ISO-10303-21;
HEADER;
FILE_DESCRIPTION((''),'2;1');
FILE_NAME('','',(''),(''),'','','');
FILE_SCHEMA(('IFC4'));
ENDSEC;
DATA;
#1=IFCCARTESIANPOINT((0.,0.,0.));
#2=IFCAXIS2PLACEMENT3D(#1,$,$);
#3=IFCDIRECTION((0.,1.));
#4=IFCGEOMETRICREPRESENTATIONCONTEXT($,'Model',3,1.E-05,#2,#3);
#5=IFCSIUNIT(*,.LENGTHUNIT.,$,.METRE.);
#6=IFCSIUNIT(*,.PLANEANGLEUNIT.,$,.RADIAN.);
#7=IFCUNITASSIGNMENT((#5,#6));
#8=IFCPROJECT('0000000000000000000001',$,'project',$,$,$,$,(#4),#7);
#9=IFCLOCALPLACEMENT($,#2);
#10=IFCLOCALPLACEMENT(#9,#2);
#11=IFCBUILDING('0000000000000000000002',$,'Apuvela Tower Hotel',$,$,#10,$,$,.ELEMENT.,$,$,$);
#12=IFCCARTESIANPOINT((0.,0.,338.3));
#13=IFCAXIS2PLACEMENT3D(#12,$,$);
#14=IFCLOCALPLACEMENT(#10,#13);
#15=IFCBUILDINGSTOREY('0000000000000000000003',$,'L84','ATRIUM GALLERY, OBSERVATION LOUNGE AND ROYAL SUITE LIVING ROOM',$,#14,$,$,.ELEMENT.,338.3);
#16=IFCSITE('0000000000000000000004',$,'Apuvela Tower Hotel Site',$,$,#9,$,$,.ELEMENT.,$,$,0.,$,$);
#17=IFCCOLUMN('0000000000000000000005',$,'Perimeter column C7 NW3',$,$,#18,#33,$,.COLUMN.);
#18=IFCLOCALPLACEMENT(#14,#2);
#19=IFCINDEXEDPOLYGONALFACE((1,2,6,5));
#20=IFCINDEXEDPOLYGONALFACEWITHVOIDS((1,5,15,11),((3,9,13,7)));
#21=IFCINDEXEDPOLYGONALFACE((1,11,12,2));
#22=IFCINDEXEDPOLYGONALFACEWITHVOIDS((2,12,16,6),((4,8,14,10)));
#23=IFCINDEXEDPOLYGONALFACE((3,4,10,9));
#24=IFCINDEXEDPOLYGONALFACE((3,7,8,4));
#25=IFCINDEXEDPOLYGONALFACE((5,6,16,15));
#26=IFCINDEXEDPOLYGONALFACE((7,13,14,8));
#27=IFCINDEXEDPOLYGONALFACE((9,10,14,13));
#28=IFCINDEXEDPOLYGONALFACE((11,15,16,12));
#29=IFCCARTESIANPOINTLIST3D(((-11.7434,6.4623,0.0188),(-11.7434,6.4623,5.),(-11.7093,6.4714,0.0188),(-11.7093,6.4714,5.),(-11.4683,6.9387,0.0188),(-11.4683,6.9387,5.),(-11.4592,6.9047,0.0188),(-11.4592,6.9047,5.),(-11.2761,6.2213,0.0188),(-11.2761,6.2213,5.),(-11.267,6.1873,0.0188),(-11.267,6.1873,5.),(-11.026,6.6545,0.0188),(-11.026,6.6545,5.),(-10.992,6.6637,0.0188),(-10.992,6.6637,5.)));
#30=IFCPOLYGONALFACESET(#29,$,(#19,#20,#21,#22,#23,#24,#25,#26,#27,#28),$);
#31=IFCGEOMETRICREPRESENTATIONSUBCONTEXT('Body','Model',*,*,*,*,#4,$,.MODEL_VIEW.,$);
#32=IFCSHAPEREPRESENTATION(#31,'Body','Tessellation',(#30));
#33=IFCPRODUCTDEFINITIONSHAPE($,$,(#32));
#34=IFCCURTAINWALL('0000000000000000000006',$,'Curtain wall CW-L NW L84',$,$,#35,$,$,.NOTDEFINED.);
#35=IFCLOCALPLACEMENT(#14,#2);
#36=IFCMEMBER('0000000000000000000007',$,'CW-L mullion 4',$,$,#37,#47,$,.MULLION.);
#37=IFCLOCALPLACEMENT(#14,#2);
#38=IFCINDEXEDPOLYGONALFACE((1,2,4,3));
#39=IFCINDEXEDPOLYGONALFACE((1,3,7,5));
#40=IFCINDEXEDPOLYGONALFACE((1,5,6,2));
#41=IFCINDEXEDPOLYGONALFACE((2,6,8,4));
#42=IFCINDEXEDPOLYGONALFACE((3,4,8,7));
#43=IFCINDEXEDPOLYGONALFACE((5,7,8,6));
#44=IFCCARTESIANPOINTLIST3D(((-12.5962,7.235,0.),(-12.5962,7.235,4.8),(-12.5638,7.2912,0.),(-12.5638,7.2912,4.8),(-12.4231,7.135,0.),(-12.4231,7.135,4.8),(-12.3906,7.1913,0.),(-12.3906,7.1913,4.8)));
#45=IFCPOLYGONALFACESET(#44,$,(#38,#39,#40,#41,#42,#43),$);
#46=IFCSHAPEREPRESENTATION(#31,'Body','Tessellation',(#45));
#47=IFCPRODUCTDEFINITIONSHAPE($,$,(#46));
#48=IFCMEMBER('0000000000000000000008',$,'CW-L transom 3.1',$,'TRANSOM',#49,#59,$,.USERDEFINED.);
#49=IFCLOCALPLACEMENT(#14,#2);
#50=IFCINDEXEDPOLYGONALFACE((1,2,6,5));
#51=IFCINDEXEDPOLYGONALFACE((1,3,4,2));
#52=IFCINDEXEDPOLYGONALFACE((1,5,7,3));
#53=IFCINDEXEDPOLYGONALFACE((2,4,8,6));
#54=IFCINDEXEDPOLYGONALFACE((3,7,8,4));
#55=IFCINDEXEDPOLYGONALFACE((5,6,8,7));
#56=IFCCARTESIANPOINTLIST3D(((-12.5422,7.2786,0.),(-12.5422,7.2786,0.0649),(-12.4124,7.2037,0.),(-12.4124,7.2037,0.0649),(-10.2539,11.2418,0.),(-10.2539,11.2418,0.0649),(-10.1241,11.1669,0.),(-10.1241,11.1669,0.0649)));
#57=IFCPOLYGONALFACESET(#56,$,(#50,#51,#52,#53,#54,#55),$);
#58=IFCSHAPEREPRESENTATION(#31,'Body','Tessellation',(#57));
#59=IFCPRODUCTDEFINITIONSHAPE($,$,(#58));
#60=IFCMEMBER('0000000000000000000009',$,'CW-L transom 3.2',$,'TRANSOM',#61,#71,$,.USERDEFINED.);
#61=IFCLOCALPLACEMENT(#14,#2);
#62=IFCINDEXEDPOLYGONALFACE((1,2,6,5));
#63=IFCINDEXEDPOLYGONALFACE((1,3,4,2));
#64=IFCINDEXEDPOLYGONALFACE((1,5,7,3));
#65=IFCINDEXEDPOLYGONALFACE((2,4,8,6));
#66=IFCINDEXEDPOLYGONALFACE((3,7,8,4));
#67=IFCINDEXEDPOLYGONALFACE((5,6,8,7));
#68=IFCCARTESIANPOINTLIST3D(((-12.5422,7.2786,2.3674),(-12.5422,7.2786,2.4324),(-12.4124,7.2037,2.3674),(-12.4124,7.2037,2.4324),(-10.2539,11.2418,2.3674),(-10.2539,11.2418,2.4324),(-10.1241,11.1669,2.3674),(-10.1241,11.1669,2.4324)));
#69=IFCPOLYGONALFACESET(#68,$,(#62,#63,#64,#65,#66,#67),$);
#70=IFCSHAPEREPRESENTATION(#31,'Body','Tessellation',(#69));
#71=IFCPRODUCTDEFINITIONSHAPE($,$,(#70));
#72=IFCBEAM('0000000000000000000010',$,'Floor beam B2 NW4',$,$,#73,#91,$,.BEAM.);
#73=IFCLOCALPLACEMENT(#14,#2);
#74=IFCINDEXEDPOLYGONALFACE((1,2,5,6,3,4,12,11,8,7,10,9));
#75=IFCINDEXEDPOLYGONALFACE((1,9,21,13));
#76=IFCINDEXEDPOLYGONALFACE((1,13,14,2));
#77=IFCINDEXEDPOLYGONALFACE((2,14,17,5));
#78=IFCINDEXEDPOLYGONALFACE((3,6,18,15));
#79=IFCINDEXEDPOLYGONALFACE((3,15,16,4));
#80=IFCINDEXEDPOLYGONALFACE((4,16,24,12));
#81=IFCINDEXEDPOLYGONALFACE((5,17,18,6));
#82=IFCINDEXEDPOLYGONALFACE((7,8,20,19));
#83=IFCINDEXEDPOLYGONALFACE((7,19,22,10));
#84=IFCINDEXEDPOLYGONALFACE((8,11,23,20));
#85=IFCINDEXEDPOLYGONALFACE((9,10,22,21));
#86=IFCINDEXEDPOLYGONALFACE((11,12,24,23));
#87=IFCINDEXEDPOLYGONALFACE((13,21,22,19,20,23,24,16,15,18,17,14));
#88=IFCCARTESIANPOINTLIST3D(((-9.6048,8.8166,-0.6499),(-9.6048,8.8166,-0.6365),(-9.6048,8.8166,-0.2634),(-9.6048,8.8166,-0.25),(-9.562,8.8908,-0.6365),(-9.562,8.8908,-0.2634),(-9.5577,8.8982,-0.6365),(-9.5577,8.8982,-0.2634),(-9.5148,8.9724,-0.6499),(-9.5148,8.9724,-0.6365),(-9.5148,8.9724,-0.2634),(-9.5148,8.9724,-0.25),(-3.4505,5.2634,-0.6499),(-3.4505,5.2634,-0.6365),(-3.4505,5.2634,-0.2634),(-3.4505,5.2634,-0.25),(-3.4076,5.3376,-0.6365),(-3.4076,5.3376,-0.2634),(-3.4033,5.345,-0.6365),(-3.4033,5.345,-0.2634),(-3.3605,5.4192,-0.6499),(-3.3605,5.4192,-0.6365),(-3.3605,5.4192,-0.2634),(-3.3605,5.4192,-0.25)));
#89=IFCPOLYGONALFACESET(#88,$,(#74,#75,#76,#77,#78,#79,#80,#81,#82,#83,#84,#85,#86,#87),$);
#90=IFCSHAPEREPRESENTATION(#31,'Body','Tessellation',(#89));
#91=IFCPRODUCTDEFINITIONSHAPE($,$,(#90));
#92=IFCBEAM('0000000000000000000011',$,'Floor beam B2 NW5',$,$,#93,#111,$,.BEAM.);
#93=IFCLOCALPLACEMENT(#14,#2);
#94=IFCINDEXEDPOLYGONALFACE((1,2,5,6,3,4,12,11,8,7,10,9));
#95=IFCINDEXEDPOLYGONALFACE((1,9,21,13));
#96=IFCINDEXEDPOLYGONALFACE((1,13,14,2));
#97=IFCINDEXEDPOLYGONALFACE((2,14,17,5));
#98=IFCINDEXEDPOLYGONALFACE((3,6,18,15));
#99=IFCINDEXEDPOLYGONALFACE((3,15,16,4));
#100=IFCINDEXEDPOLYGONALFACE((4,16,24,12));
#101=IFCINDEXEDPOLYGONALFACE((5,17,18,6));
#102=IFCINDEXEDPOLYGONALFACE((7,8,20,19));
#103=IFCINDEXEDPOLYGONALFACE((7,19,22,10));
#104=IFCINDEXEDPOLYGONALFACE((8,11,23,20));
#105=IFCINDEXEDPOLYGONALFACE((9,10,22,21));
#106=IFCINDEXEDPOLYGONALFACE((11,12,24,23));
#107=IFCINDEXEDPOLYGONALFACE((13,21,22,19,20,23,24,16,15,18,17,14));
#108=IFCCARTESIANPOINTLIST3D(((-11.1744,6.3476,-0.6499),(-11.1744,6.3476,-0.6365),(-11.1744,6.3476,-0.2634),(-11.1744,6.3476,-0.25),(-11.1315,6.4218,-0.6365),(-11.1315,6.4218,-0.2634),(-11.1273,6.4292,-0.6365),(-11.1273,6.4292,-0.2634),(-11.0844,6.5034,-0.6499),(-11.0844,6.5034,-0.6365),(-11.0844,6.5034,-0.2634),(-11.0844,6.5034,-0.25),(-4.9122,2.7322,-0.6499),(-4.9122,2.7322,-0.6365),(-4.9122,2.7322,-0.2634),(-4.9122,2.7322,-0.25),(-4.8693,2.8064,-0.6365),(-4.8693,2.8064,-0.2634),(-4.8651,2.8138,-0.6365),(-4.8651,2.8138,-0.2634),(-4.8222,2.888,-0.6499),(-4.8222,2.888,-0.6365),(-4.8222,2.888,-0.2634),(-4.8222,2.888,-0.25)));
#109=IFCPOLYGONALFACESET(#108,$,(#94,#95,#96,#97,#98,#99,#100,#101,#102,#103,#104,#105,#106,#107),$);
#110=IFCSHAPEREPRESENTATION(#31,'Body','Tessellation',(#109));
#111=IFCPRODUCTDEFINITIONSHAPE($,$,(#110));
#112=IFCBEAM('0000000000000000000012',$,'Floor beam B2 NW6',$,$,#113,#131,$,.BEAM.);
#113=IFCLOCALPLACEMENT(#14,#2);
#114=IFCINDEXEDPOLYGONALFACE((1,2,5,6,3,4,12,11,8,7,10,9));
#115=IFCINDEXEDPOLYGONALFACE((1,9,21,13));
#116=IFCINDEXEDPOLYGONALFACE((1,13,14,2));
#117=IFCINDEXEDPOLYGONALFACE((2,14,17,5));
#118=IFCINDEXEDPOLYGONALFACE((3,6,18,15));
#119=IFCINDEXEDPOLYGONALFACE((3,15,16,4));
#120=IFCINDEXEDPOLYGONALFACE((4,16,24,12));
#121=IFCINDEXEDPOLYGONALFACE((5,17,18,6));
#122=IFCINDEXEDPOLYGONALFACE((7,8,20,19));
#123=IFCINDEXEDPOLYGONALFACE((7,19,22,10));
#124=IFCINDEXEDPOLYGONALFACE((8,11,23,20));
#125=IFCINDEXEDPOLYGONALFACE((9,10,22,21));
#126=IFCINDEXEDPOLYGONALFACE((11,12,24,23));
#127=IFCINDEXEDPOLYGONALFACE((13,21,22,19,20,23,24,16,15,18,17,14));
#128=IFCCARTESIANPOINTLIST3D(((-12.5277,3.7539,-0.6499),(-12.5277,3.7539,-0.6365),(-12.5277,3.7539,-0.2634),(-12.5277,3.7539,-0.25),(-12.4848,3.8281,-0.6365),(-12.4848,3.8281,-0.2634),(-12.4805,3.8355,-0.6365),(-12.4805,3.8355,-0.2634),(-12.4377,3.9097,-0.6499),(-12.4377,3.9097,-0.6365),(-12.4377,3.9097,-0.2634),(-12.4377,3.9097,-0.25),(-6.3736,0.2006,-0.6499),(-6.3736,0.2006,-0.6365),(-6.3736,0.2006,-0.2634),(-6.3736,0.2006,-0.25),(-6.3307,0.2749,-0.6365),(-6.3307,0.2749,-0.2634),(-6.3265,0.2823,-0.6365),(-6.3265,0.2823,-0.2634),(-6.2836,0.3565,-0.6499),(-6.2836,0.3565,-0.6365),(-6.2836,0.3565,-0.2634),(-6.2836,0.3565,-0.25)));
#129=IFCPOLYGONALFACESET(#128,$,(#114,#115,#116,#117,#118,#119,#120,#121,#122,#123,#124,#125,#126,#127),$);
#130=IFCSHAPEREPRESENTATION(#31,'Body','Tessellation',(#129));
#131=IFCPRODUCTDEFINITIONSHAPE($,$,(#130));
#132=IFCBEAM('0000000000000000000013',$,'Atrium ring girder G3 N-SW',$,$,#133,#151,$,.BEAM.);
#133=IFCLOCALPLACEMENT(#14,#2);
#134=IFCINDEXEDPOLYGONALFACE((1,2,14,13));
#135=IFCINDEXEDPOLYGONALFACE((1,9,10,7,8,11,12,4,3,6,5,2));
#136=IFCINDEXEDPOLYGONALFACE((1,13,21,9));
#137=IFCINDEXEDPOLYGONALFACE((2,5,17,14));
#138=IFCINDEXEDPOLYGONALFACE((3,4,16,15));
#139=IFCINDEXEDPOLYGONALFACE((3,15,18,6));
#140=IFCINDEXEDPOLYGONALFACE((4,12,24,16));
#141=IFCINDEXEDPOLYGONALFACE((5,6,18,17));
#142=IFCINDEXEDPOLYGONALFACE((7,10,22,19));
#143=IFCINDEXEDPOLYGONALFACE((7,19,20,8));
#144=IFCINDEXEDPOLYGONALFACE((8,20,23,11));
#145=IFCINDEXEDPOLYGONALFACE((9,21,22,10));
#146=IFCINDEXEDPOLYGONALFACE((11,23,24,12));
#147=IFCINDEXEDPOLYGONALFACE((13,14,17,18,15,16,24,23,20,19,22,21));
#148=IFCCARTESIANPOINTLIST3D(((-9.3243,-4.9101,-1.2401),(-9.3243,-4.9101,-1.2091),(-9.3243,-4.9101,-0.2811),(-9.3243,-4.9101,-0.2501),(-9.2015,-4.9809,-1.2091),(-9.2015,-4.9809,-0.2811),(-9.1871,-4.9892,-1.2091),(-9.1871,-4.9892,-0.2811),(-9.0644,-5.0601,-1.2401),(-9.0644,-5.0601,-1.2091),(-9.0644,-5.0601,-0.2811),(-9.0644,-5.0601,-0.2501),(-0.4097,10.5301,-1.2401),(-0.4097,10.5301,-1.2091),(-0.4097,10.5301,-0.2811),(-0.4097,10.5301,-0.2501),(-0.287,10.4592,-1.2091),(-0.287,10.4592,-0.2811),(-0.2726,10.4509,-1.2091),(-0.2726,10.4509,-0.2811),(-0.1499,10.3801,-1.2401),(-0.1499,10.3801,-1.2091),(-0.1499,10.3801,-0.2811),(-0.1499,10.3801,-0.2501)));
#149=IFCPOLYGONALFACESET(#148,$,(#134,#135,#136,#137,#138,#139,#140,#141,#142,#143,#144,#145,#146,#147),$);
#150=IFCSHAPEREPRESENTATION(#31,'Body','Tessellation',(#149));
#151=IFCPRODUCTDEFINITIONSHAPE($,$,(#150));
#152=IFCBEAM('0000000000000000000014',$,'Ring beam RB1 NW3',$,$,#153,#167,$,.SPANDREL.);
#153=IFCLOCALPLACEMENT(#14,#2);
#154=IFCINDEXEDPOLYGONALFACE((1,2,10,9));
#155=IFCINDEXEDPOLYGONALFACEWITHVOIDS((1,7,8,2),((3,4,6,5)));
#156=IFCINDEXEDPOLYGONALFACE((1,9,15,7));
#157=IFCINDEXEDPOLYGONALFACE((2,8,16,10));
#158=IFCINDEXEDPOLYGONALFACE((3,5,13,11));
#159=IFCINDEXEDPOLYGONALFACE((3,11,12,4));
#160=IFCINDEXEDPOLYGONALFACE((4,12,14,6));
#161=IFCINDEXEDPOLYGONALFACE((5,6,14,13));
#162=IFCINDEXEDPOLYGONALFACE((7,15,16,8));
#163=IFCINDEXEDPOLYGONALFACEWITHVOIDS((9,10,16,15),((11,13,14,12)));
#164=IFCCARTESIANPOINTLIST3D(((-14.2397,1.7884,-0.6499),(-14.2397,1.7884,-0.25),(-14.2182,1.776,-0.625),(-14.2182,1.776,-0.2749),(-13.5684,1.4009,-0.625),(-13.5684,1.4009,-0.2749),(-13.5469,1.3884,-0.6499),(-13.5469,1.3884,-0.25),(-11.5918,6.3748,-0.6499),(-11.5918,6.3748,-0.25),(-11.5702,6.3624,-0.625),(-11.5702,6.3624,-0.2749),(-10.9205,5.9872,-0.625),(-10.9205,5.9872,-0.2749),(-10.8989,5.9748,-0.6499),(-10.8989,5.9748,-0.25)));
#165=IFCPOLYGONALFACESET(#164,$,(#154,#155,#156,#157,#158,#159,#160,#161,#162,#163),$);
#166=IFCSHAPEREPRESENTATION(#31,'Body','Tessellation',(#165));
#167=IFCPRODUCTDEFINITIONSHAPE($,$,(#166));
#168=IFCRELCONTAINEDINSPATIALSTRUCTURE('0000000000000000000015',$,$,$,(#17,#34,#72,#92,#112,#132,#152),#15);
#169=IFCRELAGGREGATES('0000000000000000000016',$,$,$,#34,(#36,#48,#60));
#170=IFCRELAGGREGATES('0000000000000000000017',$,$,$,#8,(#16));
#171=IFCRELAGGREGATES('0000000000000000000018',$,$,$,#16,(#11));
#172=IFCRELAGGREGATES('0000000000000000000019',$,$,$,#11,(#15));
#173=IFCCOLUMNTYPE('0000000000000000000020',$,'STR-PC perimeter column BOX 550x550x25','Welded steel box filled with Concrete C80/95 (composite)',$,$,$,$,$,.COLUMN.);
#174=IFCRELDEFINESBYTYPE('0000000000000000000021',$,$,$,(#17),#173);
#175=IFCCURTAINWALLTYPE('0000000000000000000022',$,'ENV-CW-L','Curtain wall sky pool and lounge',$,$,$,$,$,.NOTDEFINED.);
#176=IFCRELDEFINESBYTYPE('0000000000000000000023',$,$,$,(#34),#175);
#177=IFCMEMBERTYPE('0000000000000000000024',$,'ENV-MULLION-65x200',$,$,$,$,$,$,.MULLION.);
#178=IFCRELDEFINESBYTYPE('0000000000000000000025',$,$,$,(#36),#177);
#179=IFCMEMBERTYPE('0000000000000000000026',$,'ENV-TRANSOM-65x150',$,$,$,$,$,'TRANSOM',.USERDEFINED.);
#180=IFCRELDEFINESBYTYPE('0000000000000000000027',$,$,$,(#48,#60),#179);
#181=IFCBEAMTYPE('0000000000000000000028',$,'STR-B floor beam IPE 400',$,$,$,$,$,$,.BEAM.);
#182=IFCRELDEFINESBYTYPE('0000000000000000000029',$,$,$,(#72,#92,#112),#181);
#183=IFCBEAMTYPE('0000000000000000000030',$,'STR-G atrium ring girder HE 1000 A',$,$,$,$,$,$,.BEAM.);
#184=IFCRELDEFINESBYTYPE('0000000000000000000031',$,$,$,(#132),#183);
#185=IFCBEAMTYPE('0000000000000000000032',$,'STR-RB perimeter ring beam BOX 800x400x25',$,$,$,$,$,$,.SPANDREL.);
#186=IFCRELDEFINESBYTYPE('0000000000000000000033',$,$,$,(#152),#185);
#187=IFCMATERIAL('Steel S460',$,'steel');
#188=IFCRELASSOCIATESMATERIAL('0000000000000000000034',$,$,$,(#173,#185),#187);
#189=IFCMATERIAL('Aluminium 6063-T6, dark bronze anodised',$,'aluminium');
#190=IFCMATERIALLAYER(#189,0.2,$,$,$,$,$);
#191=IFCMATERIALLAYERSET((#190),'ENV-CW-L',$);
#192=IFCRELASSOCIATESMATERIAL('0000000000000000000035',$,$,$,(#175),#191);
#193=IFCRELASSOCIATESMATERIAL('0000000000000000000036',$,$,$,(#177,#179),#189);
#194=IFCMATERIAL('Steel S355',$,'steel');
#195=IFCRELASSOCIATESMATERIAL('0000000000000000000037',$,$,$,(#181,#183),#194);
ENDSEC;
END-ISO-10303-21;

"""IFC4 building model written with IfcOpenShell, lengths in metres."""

from ifc_helpers import new_model, si_unit, direction, frame, origin, origin_2d, place, context, subcontext, project, spatial, rectangle, hollow_rectangle, i_section, extrude, boolean, halfspace, material, layer, layer_set, material_profile, profile_set, type_object, element, aggregate, save


model = new_model("IFC4")

# Units and contexts
model_context = context("Model", 3, precision=1e-05, world=origin(), true_north=direction((0.0, 1.0)))
body_context = subcontext(model_context, "Body", "Model", "MODEL_VIEW")
ifc_project = project(units=[si_unit("LENGTHUNIT", "METRE"), si_unit("PLANEANGLEUNIT", "RADIAN")], contexts=[model_context])

# Site, building, storey
site_placement = place(None, origin())
site = spatial("IfcSite", under=ifc_project, at=site_placement, Name="Apuvela Tower Hotel Site", CompositionType="ELEMENT", RefElevation=0.0)
building_placement = place(site_placement, origin())
building = spatial("IfcBuilding", under=site, at=building_placement, Name="Apuvela Tower Hotel", CompositionType="ELEMENT")
storey_placement = place(building_placement, frame((0.0, 0.0, 338.3)))
storey = spatial("IfcBuildingStorey", under=building, at=storey_placement, Name="L84", Description="ATRIUM GALLERY, OBSERVATION LOUNGE AND ROYAL SUITE LIVING ROOM", CompositionType="ELEMENT", Elevation=338.3)

# Column
ifc_material_1 = material(Name="Steel S460", Category="steel")
ifc_material_profile_1 = material_profile(ifc_material_1, hollow_rectangle(XDim=0.55, YDim=0.55, WallThickness=0.0249, at=origin_2d()), Name="BOX 550x550x25")
ifc_material_2 = material(Name="Concrete C80/95", Category="concrete")
ifc_material_profile_2 = material_profile(ifc_material_2, rectangle(XDim=0.5, YDim=0.5, at=origin_2d()), Name="Concrete C80/95 infill")
ifc_profile_set_1 = profile_set([ifc_material_profile_1, ifc_material_profile_2], Name="Steel S460")
column_type = type_object("IfcColumnType", Name="STR-PC perimeter column BOX 550x550x25", Description="Welded steel box filled with Concrete C80/95 (composite)", PredefinedType="COLUMN", material=ifc_profile_set_1)
column_placement = place(storey_placement, frame((-11.3677, 6.563, 0.0), z_axis=(0.0, 0.0, 1.0), x_axis=(0.5, 0.866025, 0.0)))
element("IfcColumn", 1, at=column_placement, inside=storey, type_object=column_type, Name="Perimeter column C7 NW3", PredefinedType="COLUMN", context=body_context, shape_type="SweptSolid", body=[
    boolean("DIFFERENCE", extrude(hollow_rectangle(XDim=0.55, YDim=0.55, WallThickness=0.0249, at=origin_2d()), origin(), (0.0, 0.0, 1.0), 5.0), halfspace(frame((0.0, 0.0, 0.0188), z_axis=(0.0, 0.0, 1.0), x_axis=(1.0, 0.0, 0.0)), True)),
])

# Curtain wall, members
ifc_material_3 = material(Name="Aluminium 6063-T6, dark bronze anodised", Category="aluminium")
ifc_layer_1 = layer(ifc_material_3, 0.2)
ifc_layer_set_1 = layer_set([ifc_layer_1], Name="ENV-CW-L")
curtain_wall_type = type_object("IfcCurtainWallType", Name="ENV-CW-L", Description="Curtain wall sky pool and lounge", PredefinedType="NOTDEFINED", material=ifc_layer_set_1)
curtain_wall_placement = place(storey_placement, origin())
curtain_wall = element("IfcCurtainWall", 2, at=curtain_wall_placement, inside=storey, type_object=curtain_wall_type, Name="Curtain wall CW-L NW L84", PredefinedType="NOTDEFINED")
ifc_material_profile_3 = material_profile(ifc_material_3, rectangle(XDim=0.2, YDim=0.0649, at=origin_2d()), Name="AL 65x200")
ifc_profile_set_2 = profile_set([ifc_material_profile_3], Name="Aluminium 6063-T6, dark bronze anodised")
member_type_1 = type_object("IfcMemberType", Name="ENV-MULLION-65x200", PredefinedType="MULLION", material=ifc_profile_set_2)
member_1_placement = place(storey_placement, frame((-12.4934, 7.2131, 0.0), z_axis=(0.0, 0.0, 1.0), x_axis=(0.866026, -0.499999, 0.0)))
member_1 = element("IfcMember", 3, at=member_1_placement, type_object=member_type_1, Name="CW-L mullion 4", PredefinedType="MULLION", context=body_context, shape_type="SweptSolid", body=[
    extrude(rectangle(XDim=0.2, YDim=0.0649, at=origin_2d()), origin(), (0.0, 0.0, 1.0), 4.8),
])
ifc_material_profile_4 = material_profile(ifc_material_3, rectangle(XDim=0.1499, YDim=0.0649, at=origin_2d()), Name="AL 65x150 transom")
ifc_profile_set_3 = profile_set([ifc_material_profile_4], Name="Aluminium 6063-T6, dark bronze anodised")
member_type_2 = type_object("IfcMemberType", Name="ENV-TRANSOM-65x150", ElementType="TRANSOM", PredefinedType="USERDEFINED", material=ifc_profile_set_3)
member_2_placement = place(storey_placement, frame((-10.189, 11.2043, 0.0325), z_axis=(-0.500035, -0.866005, 0.0), x_axis=(0.866005, -0.500035, 0.0)))
member_2 = element("IfcMember", 4, at=member_2_placement, type_object=member_type_2, Name="CW-L transom 3.1", ObjectType="TRANSOM", PredefinedType="USERDEFINED", context=body_context, shape_type="SweptSolid", body=[
    extrude(rectangle(XDim=0.1499, YDim=0.0649, at=origin_2d()), origin(), (0.0, 0.0, 1.0), 4.5764),
])
member_3_placement = place(storey_placement, frame((-10.189, 11.2043, 2.3999), z_axis=(-0.500035, -0.866005, 0.0), x_axis=(0.866005, -0.500035, 0.0)))
member_3 = element("IfcMember", 5, at=member_3_placement, type_object=member_type_2, Name="CW-L transom 3.2", ObjectType="TRANSOM", PredefinedType="USERDEFINED", context=body_context, shape_type="SweptSolid", body=[
    extrude(rectangle(XDim=0.1499, YDim=0.0649, at=origin_2d()), origin(), (0.0, 0.0, 1.0), 4.5764),
])

# Beams
ifc_material_4 = material(Name="Steel S355", Category="steel")
ifc_material_profile_5 = material_profile(ifc_material_4, i_section(OverallWidth=0.1799, OverallDepth=0.3999, WebThickness=0.0085, FlangeThickness=0.0134, at=origin_2d()), Name="IPE 400")
ifc_profile_set_4 = profile_set([ifc_material_profile_5], Name="Steel S355")
beam_type_1 = type_object("IfcBeamType", Name="STR-B floor beam IPE 400", PredefinedType="BEAM", material=ifc_profile_set_4)
beam_1_placement = place(storey_placement, frame((-9.5598, 8.8945, -0.45), z_axis=(0.866023, -0.500004, 0.0), x_axis=(0.500004, 0.866023, 0.0)))
element("IfcBeam", 6, at=beam_1_placement, inside=storey, type_object=beam_type_1, Name="Floor beam B2 NW4", PredefinedType="BEAM", context=body_context, shape_type="SweptSolid", body=[
    extrude(i_section(OverallWidth=0.1799, OverallDepth=0.3999, WebThickness=0.0085, FlangeThickness=0.0134, at=origin_2d()), origin(), (0.0, 0.0, 1.0), 7.1064),
])
beam_2_placement = place(storey_placement, frame((-11.1294, 6.4255, -0.45), z_axis=(0.866026, -0.499999, 0.0), x_axis=(0.499999, 0.866026, 0.0)))
element("IfcBeam", 7, at=beam_2_placement, inside=storey, type_object=beam_type_1, Name="Floor beam B2 NW5", PredefinedType="BEAM", context=body_context, shape_type="SweptSolid", body=[
    extrude(i_section(OverallWidth=0.1799, OverallDepth=0.3999, WebThickness=0.0085, FlangeThickness=0.0134, at=origin_2d()), origin(), (0.0, 0.0, 1.0), 7.231),
])
beam_3_placement = place(storey_placement, frame((-12.4827, 3.8318, -0.45), z_axis=(0.866015, -0.500019, 0.0), x_axis=(0.500019, 0.866015, 0.0)))
element("IfcBeam", 8, at=beam_3_placement, inside=storey, type_object=beam_type_1, Name="Floor beam B2 NW6", PredefinedType="BEAM", context=body_context, shape_type="SweptSolid", body=[
    extrude(i_section(OverallWidth=0.1799, OverallDepth=0.3999, WebThickness=0.0085, FlangeThickness=0.0134, at=origin_2d()), origin(), (0.0, 0.0, 1.0), 7.1062),
])
ifc_material_profile_6 = material_profile(ifc_material_4, i_section(OverallWidth=0.3, OverallDepth=0.99, WebThickness=0.0166, FlangeThickness=0.031, at=origin_2d()), Name="HE 1000 A")
ifc_profile_set_5 = profile_set([ifc_material_profile_6], Name="Steel S355")
beam_type_2 = type_object("IfcBeamType", Name="STR-G atrium ring girder HE 1000 A", PredefinedType="BEAM", material=ifc_profile_set_5)
beam_4_placement = place(storey_placement, frame((-0.2798, 10.4551, -0.7451), z_axis=(-0.500007, -0.866022, 0.0), x_axis=(0.866022, -0.500007, 0.0)))
element("IfcBeam", 9, at=beam_4_placement, inside=storey, type_object=beam_type_2, Name="Atrium ring girder G3 N-SW", PredefinedType="BEAM", context=body_context, shape_type="SweptSolid", body=[
    extrude(i_section(OverallWidth=0.3, OverallDepth=0.99, WebThickness=0.0166, FlangeThickness=0.031, at=origin_2d()), origin(), (0.0, 0.0, 1.0), 17.8289),
])
ifc_material_profile_7 = material_profile(ifc_material_1, hollow_rectangle(XDim=0.8, YDim=0.3999, WallThickness=0.0249, at=origin_2d()), Name="BOX 800x400x25")
ifc_profile_set_6 = profile_set([ifc_material_profile_7], Name="Steel S460")
beam_type_3 = type_object("IfcBeamType", Name="STR-RB perimeter ring beam BOX 800x400x25", PredefinedType="SPANDREL", material=ifc_profile_set_6)
beam_5_placement = place(storey_placement, frame((-11.2454, 6.1748, -0.45), z_axis=(-0.499996, -0.866027, 0.0), x_axis=(0.866027, -0.499996, 0.0)))
element("IfcBeam", 10, at=beam_5_placement, inside=storey, type_object=beam_type_3, Name="Ring beam RB1 NW3", PredefinedType="SPANDREL", context=body_context, shape_type="SweptSolid", body=[
    extrude(hollow_rectangle(XDim=0.8, YDim=0.3999, WallThickness=0.0249, at=origin_2d()), origin(), (0.0, 0.0, 1.0), 5.2959),
])

aggregate(curtain_wall, [member_1, member_2, member_3])

save(model, "model.ifc")
